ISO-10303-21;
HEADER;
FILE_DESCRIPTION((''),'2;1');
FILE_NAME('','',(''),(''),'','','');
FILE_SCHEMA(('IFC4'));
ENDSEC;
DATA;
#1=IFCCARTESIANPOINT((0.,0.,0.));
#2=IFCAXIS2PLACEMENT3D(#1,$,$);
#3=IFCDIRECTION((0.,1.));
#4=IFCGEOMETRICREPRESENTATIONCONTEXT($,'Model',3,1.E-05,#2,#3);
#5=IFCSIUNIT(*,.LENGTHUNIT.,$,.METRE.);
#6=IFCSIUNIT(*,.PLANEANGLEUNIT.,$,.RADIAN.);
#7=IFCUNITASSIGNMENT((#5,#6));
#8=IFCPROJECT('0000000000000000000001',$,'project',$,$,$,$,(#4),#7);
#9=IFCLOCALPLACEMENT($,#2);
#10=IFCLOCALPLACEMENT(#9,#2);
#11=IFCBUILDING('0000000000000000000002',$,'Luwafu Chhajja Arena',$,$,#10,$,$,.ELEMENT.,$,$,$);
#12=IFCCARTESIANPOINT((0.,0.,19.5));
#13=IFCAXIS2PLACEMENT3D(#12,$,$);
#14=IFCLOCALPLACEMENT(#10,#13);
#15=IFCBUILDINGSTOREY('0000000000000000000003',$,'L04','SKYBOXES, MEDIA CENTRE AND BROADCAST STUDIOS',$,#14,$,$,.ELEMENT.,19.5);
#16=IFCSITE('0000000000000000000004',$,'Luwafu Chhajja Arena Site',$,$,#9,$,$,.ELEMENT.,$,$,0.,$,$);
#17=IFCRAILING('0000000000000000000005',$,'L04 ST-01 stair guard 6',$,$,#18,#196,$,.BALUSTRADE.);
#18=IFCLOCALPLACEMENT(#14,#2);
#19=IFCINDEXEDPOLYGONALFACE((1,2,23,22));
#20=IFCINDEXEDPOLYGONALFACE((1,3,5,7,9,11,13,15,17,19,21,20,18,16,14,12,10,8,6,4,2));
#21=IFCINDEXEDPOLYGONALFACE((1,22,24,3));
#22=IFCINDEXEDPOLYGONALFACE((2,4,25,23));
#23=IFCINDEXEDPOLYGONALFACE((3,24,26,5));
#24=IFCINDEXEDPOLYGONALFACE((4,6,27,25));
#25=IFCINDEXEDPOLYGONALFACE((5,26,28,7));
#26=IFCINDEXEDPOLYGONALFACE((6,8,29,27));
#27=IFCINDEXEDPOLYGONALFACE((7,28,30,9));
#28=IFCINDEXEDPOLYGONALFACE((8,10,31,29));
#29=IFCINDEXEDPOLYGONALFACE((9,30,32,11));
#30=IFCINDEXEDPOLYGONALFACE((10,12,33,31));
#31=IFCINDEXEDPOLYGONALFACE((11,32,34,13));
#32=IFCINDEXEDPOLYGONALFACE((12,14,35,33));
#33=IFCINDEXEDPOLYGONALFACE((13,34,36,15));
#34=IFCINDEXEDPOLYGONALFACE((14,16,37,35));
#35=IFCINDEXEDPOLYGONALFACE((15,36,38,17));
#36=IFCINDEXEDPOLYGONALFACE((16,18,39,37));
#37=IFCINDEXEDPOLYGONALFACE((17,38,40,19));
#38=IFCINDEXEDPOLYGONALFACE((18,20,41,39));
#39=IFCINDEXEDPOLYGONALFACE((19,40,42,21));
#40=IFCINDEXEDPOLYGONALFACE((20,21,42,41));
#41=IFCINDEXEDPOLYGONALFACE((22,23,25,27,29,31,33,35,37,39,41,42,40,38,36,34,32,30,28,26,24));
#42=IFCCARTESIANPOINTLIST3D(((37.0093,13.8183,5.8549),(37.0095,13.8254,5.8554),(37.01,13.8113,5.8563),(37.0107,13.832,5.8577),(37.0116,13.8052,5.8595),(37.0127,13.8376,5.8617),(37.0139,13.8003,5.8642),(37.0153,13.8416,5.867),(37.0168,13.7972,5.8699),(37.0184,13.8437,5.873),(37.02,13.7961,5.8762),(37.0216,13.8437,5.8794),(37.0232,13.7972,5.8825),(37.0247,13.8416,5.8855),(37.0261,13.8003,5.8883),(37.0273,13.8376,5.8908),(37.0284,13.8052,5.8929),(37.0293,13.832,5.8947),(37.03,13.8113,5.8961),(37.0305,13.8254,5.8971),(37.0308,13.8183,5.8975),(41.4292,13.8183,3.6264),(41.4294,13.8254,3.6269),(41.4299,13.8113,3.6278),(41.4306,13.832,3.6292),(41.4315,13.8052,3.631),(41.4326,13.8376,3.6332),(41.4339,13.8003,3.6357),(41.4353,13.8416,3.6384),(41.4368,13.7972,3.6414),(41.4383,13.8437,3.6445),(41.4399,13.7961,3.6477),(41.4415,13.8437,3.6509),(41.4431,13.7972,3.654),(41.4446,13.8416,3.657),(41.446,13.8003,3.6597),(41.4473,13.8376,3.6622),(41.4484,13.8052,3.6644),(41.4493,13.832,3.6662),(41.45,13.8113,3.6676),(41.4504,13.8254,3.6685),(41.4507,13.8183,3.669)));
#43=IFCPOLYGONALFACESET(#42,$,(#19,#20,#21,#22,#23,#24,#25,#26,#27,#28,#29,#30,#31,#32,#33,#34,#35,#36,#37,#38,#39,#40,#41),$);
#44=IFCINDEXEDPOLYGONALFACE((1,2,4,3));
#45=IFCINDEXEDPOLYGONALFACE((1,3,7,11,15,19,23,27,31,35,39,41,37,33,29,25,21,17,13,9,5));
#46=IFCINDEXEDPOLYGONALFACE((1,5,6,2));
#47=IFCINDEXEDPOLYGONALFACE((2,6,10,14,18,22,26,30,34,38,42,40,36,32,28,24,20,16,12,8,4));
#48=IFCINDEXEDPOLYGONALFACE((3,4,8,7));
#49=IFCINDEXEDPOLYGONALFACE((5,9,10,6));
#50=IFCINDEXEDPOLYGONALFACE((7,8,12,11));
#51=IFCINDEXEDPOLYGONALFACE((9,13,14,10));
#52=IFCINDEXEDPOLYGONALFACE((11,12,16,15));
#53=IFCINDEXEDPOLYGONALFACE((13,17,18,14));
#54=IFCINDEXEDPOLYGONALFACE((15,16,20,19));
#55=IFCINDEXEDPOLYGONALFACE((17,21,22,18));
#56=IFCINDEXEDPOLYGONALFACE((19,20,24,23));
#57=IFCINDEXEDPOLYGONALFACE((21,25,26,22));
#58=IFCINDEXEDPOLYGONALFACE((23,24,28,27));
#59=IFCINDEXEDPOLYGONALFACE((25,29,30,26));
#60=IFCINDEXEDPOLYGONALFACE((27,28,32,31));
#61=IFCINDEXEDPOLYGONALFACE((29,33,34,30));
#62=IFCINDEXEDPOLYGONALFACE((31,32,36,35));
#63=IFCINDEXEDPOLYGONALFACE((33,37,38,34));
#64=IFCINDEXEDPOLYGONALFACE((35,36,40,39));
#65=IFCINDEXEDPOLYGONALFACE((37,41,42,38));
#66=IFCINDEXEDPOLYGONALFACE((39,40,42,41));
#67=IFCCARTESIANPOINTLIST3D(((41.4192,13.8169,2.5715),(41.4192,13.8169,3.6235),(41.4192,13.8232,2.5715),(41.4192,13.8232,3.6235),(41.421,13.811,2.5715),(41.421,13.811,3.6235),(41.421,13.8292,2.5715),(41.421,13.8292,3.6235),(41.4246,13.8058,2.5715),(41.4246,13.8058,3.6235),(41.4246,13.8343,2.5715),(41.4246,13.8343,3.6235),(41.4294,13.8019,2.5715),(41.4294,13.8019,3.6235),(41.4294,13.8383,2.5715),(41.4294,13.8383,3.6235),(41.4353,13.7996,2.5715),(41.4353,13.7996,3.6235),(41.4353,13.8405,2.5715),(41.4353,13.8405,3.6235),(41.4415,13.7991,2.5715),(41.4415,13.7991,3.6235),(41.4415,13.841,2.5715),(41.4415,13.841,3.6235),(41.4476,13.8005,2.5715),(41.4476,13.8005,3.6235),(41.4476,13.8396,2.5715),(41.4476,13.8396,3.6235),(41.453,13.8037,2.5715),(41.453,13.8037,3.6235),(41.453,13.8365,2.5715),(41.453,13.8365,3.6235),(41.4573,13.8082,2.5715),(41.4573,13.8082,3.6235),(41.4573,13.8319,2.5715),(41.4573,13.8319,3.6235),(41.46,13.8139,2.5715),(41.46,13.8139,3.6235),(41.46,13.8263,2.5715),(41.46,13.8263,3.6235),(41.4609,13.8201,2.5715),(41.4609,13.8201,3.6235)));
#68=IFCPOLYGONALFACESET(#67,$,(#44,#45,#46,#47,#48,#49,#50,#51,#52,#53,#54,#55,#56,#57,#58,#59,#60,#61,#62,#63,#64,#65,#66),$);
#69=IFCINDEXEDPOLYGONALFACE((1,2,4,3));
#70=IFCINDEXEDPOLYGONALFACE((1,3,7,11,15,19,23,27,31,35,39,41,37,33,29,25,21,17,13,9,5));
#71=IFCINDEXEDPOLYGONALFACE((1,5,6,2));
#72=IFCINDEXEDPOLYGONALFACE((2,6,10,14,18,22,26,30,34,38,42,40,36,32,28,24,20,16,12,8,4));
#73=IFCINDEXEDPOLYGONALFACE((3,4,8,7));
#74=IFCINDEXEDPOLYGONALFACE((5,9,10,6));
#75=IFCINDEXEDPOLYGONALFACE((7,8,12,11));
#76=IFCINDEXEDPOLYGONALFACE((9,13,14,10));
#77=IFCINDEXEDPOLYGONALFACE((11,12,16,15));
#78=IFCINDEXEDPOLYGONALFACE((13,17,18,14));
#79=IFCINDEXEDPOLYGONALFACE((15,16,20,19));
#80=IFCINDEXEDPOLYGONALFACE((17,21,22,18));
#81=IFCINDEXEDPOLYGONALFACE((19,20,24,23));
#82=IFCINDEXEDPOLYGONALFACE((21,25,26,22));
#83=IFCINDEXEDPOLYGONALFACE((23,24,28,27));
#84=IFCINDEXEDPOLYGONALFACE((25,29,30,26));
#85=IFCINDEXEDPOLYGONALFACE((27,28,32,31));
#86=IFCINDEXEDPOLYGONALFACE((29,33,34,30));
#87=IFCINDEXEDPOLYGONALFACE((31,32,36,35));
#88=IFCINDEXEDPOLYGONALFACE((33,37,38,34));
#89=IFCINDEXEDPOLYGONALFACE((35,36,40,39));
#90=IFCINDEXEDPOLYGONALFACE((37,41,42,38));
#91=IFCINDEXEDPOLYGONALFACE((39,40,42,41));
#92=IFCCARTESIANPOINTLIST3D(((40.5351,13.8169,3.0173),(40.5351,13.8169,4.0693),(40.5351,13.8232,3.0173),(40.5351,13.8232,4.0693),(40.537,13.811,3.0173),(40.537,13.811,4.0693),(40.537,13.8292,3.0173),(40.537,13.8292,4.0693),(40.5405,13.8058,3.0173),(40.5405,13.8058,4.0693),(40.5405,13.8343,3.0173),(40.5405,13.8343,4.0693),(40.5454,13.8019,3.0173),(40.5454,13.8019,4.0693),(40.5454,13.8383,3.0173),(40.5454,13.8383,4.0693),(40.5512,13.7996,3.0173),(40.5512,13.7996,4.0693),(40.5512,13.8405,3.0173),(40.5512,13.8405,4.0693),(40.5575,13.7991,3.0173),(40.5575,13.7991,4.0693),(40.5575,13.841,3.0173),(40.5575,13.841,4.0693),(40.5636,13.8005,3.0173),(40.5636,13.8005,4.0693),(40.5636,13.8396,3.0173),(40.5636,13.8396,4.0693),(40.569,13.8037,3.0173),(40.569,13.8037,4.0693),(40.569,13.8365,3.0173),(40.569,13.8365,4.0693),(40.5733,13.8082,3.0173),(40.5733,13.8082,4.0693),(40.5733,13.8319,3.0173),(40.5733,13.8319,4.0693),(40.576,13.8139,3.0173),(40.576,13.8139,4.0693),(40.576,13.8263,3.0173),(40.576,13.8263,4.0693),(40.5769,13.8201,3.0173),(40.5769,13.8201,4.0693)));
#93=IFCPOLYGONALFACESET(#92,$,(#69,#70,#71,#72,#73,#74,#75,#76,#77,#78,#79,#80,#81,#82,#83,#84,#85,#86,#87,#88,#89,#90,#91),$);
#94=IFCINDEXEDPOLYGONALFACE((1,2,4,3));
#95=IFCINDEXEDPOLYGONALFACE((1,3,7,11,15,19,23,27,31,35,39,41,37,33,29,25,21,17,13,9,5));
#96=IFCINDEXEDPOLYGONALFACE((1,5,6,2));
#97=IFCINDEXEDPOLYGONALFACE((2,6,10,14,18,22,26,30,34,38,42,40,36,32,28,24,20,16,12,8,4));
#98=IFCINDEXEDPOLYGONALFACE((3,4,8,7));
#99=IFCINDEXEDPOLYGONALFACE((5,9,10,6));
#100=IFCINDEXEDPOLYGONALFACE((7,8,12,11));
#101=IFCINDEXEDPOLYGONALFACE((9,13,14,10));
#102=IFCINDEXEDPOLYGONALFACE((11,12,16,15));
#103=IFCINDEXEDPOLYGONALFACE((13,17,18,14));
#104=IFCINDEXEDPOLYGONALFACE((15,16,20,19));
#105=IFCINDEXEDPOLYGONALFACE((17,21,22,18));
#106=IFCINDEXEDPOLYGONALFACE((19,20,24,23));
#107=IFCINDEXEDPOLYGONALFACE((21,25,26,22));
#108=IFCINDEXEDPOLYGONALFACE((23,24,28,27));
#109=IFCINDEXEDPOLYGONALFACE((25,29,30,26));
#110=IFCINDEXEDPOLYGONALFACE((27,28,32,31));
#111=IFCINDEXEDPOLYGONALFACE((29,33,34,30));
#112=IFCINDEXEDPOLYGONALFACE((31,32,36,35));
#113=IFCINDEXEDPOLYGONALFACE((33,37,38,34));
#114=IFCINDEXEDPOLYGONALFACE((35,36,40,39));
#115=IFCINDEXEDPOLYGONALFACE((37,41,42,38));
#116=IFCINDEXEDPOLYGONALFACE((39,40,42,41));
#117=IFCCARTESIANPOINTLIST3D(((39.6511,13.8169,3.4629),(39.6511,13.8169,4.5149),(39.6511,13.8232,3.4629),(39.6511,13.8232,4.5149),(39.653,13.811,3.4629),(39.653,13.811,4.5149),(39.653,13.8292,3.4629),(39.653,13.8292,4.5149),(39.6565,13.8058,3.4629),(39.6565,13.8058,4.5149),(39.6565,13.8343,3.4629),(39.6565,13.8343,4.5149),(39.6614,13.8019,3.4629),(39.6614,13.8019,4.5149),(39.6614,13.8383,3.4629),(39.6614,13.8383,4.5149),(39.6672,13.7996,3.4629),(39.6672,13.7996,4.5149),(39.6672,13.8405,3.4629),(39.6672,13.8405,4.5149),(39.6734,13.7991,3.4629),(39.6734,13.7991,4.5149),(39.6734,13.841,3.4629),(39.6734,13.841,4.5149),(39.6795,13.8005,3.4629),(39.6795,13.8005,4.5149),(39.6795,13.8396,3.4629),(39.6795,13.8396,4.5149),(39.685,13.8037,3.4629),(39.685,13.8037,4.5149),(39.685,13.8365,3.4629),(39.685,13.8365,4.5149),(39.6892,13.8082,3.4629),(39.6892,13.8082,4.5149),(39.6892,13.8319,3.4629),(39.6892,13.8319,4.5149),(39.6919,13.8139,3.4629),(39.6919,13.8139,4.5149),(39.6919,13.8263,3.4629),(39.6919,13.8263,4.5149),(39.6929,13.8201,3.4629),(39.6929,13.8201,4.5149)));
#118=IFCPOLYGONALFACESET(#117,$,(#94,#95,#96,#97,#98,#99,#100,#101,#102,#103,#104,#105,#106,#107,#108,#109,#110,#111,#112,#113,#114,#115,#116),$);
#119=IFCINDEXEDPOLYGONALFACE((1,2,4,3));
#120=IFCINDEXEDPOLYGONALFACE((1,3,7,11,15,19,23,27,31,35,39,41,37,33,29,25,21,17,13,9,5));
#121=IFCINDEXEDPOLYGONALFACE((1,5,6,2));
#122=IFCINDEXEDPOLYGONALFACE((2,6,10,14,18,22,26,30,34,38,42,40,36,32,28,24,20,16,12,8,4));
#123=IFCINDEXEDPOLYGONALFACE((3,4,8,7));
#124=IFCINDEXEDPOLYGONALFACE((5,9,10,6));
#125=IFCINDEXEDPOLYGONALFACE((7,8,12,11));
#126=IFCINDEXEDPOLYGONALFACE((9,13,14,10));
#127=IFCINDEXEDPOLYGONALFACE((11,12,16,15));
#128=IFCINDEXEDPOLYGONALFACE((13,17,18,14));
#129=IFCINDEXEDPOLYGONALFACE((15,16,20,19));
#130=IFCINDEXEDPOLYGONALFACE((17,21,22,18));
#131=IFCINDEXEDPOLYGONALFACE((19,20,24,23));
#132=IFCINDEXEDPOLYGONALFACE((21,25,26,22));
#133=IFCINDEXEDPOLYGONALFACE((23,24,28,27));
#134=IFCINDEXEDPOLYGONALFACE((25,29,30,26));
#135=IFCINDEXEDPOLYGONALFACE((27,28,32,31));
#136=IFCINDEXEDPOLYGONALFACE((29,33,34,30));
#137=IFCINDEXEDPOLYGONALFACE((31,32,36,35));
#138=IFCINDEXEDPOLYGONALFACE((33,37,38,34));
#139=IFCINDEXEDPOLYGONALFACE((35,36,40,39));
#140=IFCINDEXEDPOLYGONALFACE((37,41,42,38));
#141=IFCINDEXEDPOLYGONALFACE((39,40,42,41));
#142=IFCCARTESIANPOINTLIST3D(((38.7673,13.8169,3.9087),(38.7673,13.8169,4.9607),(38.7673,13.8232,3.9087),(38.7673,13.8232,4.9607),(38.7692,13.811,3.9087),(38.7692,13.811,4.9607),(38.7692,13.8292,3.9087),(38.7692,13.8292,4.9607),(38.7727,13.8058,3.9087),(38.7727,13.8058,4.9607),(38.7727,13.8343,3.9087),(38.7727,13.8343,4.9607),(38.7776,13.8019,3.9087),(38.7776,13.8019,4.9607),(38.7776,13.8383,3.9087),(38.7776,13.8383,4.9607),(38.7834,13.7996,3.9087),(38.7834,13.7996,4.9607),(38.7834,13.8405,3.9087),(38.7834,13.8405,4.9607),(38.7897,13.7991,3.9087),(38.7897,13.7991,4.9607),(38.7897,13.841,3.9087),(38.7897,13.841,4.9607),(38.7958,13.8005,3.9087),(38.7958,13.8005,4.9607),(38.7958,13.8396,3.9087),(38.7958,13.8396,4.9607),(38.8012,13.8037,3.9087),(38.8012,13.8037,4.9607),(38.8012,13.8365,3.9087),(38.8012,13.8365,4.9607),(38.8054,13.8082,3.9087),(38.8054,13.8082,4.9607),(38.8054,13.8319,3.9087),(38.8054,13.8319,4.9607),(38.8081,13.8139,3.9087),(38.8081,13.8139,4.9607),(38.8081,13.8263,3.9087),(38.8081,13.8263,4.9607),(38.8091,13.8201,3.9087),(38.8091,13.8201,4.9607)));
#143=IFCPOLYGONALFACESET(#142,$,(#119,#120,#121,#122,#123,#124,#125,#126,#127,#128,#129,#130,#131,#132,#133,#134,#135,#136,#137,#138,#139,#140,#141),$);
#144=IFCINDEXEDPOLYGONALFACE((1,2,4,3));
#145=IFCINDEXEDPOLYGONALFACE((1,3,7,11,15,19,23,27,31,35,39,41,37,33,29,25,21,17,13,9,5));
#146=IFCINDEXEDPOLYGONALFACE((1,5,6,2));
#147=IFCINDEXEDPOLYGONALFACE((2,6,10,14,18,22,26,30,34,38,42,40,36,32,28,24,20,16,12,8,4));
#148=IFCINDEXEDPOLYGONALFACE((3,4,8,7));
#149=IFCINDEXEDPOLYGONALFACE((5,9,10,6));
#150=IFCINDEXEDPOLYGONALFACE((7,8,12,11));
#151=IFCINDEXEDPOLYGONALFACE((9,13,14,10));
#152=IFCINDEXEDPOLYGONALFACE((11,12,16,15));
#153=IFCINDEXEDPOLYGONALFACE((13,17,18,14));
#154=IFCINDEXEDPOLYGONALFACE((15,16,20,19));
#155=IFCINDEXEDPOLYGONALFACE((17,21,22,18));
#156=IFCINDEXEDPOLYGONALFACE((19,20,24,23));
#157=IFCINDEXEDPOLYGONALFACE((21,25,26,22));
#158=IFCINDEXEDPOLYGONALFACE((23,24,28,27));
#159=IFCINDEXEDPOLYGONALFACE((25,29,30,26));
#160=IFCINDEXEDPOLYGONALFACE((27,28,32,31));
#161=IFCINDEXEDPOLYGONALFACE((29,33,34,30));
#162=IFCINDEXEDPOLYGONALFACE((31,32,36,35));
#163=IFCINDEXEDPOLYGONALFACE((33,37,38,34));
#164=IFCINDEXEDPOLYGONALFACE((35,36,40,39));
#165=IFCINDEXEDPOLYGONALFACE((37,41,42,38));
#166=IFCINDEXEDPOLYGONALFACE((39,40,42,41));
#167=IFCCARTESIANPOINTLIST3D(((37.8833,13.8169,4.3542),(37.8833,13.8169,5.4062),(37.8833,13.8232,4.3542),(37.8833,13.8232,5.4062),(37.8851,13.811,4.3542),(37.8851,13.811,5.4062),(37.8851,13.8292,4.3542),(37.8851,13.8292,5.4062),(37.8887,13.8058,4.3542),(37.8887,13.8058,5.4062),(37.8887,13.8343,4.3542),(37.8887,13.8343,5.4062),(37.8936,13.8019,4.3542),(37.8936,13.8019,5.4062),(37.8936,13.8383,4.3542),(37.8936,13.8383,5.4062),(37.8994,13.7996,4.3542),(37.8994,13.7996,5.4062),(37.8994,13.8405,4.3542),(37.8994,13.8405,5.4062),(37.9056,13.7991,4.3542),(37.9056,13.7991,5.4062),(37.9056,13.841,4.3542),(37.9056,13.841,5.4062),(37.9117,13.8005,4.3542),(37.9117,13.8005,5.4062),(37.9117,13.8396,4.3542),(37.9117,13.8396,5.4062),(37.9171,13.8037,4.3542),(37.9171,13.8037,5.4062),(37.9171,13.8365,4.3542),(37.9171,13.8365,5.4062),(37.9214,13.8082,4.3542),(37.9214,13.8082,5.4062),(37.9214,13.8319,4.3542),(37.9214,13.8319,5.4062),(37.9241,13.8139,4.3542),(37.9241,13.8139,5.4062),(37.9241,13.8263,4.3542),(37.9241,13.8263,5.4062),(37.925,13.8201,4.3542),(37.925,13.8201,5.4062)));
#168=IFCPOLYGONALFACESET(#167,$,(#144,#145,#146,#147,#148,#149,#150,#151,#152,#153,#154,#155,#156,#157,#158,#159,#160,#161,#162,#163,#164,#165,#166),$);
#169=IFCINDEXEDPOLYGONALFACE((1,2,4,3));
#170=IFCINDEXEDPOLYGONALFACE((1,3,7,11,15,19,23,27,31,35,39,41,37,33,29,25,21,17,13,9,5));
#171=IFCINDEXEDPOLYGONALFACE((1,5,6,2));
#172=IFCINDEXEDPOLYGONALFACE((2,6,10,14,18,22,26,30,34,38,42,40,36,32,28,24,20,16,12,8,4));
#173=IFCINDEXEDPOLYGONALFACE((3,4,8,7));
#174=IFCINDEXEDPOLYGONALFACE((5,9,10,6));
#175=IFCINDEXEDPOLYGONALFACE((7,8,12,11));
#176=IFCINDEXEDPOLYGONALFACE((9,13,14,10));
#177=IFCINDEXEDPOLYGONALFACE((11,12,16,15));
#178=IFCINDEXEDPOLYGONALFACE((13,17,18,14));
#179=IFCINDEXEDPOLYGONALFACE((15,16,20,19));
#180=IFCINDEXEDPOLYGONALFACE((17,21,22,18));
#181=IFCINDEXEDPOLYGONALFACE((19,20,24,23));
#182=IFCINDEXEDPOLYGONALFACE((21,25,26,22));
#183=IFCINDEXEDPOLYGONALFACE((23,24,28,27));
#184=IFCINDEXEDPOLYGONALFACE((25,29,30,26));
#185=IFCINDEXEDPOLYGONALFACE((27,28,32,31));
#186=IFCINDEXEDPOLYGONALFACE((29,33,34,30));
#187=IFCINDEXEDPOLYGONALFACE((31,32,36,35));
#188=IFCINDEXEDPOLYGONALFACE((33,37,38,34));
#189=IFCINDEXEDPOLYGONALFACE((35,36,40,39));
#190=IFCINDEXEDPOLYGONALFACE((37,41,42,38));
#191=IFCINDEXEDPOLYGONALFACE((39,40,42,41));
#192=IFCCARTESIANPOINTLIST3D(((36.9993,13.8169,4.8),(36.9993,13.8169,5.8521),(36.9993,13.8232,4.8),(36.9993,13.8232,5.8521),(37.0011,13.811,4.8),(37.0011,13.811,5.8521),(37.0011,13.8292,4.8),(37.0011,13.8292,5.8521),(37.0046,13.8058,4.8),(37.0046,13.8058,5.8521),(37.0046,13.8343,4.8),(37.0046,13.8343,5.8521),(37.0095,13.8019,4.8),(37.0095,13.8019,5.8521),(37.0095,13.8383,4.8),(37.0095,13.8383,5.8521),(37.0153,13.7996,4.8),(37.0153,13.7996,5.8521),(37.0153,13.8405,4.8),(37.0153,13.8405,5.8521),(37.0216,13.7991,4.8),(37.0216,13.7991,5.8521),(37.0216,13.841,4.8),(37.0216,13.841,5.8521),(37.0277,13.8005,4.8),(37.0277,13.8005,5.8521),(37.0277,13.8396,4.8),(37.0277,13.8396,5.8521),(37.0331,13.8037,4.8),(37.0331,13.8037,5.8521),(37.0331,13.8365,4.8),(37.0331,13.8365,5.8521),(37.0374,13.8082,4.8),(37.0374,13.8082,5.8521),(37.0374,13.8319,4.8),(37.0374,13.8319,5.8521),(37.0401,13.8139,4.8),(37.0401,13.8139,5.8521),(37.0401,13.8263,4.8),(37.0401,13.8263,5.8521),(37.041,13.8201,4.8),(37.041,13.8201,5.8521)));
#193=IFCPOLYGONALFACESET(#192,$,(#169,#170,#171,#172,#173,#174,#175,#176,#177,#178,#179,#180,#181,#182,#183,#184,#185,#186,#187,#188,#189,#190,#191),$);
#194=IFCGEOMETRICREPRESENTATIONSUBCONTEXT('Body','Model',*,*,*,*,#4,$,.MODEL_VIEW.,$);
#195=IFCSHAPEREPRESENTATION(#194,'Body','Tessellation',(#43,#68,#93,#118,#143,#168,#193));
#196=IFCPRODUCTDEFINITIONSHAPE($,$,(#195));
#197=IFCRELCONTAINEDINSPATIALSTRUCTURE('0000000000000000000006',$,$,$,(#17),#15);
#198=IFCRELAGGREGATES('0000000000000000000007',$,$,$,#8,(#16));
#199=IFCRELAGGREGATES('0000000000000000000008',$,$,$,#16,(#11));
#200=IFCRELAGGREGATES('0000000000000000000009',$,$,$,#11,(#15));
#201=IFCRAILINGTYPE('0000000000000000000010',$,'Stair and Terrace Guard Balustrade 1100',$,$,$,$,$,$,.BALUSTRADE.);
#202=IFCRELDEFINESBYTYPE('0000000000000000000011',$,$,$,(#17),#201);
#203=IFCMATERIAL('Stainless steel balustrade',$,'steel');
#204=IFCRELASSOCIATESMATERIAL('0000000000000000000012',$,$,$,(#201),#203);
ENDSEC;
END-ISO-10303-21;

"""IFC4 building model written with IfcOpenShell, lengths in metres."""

from ifc_helpers import new_model, si_unit, direction, frame, origin, origin_2d, place, context, subcontext, project, spatial, circle, extrude, material, type_object, element, save


model = new_model("IFC4")

# Units and contexts
model_context = context("Model", 3, precision=1e-05, world=origin(), true_north=direction((0.0, 1.0)))
body_context = subcontext(model_context, "Body", "Model", "MODEL_VIEW")
ifc_project = project(units=[si_unit("LENGTHUNIT", "METRE"), si_unit("PLANEANGLEUNIT", "RADIAN")], contexts=[model_context])

# Site, building, storey
site_placement = place(None, origin())
site = spatial("IfcSite", under=ifc_project, at=site_placement, Name="Luwafu Chhajja Arena Site", CompositionType="ELEMENT", RefElevation=0.0)
building_placement = place(site_placement, origin())
building = spatial("IfcBuilding", under=site, at=building_placement, Name="Luwafu Chhajja Arena", CompositionType="ELEMENT")
storey_placement = place(building_placement, frame((0.0, 0.0, 19.5)))
storey = spatial("IfcBuildingStorey", under=building, at=storey_placement, Name="L04", Description="SKYBOXES, MEDIA CENTRE AND BROADCAST STUDIOS", CompositionType="ELEMENT", Elevation=19.5)

# Railing
ifc_material_1 = material(Name="Stainless steel balustrade", Category="steel")
railing_type_1 = type_object("IfcRailingType", Name="Stair and Terrace Guard Balustrade 1100", PredefinedType="BALUSTRADE", material=ifc_material_1)
railing_1_placement = place(storey_placement, frame((41.4399, 13.8201, 2.5715)))
element("IfcRailing", 1, at=railing_1_placement, inside=storey, type_object=railing_type_1, Name="L04 ST-01 stair guard 6", PredefinedType="BALUSTRADE", context=body_context, shape_type="SweptSolid", body=[
    extrude(circle(Radius=0.0239, at=origin_2d()), frame((0.0, 0.0, 1.0762), z_axis=(-0.892923, 0.0, 0.45021), x_axis=(0.0, -1.0, 0.0)), (0.0, 0.0, 1.0), 4.95),
    extrude(circle(Radius=0.021, at=origin_2d()), origin(), (0.0, 0.0, 1.0), 1.052),
    extrude(circle(Radius=0.021, at=origin_2d()), frame((-0.884, 0.0, 0.4458)), (0.0, 0.0, 1.0), 1.052),
    extrude(circle(Radius=0.021, at=origin_2d()), frame((-1.7681, 0.0, 0.8914)), (0.0, 0.0, 1.0), 1.052),
    extrude(circle(Radius=0.021, at=origin_2d()), frame((-2.6519, 0.0, 1.3372)), (0.0, 0.0, 1.0), 1.052),
    extrude(circle(Radius=0.021, at=origin_2d()), frame((-3.5359, 0.0, 1.7827)), (0.0, 0.0, 1.0), 1.052),
    extrude(circle(Radius=0.021, at=origin_2d()), frame((-4.4199, 0.0, 2.2285)), (0.0, 0.0, 1.0), 1.052),
])

save(model, "model.ifc")
